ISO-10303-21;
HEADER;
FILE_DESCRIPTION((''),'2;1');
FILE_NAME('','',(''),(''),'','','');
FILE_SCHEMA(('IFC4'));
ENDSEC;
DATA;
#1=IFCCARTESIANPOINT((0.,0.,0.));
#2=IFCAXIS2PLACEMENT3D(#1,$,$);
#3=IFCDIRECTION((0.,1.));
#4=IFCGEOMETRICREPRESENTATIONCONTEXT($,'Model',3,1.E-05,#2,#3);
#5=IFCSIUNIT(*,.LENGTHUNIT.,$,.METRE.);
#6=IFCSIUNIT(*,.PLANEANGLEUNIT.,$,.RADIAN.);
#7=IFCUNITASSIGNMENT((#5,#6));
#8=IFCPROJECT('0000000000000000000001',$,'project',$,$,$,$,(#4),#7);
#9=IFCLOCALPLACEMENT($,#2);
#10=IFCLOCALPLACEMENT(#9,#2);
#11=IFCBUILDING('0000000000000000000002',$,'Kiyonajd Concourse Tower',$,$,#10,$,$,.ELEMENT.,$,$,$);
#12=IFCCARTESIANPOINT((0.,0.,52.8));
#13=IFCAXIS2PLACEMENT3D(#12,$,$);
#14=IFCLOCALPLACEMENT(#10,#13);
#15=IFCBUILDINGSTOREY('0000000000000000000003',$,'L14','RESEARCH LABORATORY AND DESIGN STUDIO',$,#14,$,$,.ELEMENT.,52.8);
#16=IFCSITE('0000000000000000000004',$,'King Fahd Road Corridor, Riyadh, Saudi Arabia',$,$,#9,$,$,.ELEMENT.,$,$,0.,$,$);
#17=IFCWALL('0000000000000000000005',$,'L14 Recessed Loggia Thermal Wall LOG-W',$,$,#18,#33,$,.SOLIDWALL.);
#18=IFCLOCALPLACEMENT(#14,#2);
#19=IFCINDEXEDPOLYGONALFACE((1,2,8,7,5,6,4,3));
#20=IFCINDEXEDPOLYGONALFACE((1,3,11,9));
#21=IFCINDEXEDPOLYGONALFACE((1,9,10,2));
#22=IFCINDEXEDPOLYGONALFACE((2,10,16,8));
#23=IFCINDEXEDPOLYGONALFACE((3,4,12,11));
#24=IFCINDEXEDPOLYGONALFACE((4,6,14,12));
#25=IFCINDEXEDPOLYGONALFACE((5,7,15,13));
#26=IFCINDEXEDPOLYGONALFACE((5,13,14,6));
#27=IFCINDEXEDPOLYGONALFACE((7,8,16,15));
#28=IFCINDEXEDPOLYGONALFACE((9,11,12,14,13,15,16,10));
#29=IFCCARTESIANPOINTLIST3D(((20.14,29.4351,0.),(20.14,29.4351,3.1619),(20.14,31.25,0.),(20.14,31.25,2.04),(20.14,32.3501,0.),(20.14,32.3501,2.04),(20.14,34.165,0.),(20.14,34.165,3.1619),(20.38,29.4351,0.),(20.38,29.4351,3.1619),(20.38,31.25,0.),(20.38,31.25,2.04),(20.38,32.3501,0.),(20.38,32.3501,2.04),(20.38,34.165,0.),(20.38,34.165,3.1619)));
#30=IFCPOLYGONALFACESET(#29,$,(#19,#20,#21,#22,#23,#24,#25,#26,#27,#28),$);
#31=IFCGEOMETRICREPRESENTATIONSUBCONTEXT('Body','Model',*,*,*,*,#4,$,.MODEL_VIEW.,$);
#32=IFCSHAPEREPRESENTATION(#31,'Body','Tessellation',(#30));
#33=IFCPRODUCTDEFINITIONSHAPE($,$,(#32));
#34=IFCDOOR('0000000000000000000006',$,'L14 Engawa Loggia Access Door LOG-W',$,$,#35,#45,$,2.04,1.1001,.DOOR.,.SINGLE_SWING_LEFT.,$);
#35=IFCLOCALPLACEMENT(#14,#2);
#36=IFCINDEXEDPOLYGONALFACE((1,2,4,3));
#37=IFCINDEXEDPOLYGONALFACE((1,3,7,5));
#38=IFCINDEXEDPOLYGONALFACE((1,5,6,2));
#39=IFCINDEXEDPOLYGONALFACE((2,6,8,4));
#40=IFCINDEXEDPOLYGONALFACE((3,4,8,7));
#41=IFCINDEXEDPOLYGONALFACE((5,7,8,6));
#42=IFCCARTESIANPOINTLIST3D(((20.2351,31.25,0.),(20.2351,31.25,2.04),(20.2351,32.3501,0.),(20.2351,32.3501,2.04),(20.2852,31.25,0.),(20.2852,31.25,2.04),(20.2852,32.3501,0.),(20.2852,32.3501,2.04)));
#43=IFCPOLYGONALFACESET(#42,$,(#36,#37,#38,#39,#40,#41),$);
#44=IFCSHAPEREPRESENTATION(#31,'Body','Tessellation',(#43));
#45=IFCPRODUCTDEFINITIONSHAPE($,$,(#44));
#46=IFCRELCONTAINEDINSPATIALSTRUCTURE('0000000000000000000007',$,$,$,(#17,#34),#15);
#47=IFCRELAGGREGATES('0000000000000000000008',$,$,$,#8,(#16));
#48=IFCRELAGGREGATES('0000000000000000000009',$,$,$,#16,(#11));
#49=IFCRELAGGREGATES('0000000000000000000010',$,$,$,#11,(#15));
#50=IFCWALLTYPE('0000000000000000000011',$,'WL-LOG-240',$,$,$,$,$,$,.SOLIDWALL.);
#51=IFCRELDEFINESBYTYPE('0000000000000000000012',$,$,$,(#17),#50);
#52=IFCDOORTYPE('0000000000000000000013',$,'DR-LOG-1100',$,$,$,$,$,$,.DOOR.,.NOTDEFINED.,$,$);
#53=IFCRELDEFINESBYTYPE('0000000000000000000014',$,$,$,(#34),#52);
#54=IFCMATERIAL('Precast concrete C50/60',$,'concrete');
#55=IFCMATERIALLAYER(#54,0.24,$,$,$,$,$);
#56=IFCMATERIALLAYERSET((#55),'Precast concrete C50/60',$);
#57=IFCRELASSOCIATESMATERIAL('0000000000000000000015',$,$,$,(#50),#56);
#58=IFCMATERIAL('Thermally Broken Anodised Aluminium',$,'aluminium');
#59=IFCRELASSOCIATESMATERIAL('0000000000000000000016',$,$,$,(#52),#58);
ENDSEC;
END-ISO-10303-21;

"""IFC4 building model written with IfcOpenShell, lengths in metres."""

from ifc_helpers import new_model, si_unit, direction, frame, frame_2d, origin, place, context, subcontext, project, spatial, rectangle, extrude, material, layer, layer_set, type_object, element, fill, save


model = new_model("IFC4")

# Units and contexts
model_context = context("Model", 3, precision=1e-05, world=origin(), true_north=direction((0.0, 1.0)))
body_context = subcontext(model_context, "Body", "Model", "MODEL_VIEW")
ifc_project = project(units=[si_unit("LENGTHUNIT", "METRE"), si_unit("PLANEANGLEUNIT", "RADIAN")], contexts=[model_context])

# Site, building, storey
site_placement = place(None, origin())
site = spatial("IfcSite", under=ifc_project, at=site_placement, Name="King Fahd Road Corridor, Riyadh, Saudi Arabia", CompositionType="ELEMENT", RefElevation=0.0)
building_placement = place(site_placement, origin())
building = spatial("IfcBuilding", under=site, at=building_placement, Name="Kiyonajd Concourse Tower", CompositionType="ELEMENT")
storey_placement = place(building_placement, frame((0.0, 0.0, 52.8)))
storey = spatial("IfcBuildingStorey", under=building, at=storey_placement, Name="L14", Description="RESEARCH LABORATORY AND DESIGN STUDIO", CompositionType="ELEMENT", Elevation=52.8)

# Shared definitions
ifc_material_1 = material(Name="Precast concrete C50/60", Category="concrete")

# Shared definitions
ifc_material_2 = material(Name="Thermally Broken Anodised Aluminium", Category="aluminium")

# Wall, opening, door
ifc_layer_1 = layer(ifc_material_1, 0.24)
ifc_layer_set_1 = layer_set([ifc_layer_1], Name="Precast concrete C50/60")
wall_type_1 = type_object("IfcWallType", Name="WL-LOG-240", PredefinedType="SOLIDWALL", material=ifc_layer_set_1)
wall_1_placement = place(storey_placement, frame((20.26, 29.4351, 0.0), z_axis=(0.0, 0.0, 1.0), x_axis=(0.0, 1.0, 0.0)))
wall_1 = element("IfcWall", 1, at=wall_1_placement, inside=storey, type_object=wall_type_1, Name="L14 Recessed Loggia Thermal Wall LOG-W", PredefinedType="SOLIDWALL", context=body_context, shape_type="SweptSolid", body=[
    extrude(rectangle(XDim=4.73, YDim=0.24, at=frame_2d((2.365, 0.0))), origin(), (0.0, 0.0, 1.0), 3.1619),
])
opening_1_placement = place(wall_1_placement, frame((1.8149, 0.0, 0.0)))
opening_1 = element("IfcOpeningElement", 2, at=opening_1_placement, cuts=wall_1, PredefinedType="OPENING", context=body_context, shape_type="SweptSolid", body=[
    extrude(rectangle(XDim=1.1001, YDim=2.04, at=frame_2d((0.55, 1.02))), frame((0.0, 0.1299, 0.0), z_axis=(0.0, -1.0, 0.0), x_axis=(1.0, 0.0, 0.0)), (0.0, 0.0, 1.0), 0.26),
])
door_type_1 = type_object("IfcDoorType", Name="DR-LOG-1100", OperationType="NOTDEFINED", PredefinedType="DOOR", material=ifc_material_2)
door_1_placement = place(opening_1_placement, origin())
door_1 = element("IfcDoor", 3, at=door_1_placement, inside=storey, type_object=door_type_1, Name="L14 Engawa Loggia Access Door LOG-W", OperationType="SINGLE_SWING_LEFT", OverallHeight=2.04, OverallWidth=1.1001, PredefinedType="DOOR", context=body_context, shape_type="SweptSolid", body=[
    extrude(rectangle(XDim=1.1001, YDim=2.04, at=frame_2d((0.55, 1.02))), frame((0.0, 0.0249, 0.0), z_axis=(0.0, -1.0, 0.0), x_axis=(1.0, 0.0, 0.0)), (0.0, 0.0, 1.0), 0.05),
])
fill(opening_1, door_1)

save(model, "model.ifc")
